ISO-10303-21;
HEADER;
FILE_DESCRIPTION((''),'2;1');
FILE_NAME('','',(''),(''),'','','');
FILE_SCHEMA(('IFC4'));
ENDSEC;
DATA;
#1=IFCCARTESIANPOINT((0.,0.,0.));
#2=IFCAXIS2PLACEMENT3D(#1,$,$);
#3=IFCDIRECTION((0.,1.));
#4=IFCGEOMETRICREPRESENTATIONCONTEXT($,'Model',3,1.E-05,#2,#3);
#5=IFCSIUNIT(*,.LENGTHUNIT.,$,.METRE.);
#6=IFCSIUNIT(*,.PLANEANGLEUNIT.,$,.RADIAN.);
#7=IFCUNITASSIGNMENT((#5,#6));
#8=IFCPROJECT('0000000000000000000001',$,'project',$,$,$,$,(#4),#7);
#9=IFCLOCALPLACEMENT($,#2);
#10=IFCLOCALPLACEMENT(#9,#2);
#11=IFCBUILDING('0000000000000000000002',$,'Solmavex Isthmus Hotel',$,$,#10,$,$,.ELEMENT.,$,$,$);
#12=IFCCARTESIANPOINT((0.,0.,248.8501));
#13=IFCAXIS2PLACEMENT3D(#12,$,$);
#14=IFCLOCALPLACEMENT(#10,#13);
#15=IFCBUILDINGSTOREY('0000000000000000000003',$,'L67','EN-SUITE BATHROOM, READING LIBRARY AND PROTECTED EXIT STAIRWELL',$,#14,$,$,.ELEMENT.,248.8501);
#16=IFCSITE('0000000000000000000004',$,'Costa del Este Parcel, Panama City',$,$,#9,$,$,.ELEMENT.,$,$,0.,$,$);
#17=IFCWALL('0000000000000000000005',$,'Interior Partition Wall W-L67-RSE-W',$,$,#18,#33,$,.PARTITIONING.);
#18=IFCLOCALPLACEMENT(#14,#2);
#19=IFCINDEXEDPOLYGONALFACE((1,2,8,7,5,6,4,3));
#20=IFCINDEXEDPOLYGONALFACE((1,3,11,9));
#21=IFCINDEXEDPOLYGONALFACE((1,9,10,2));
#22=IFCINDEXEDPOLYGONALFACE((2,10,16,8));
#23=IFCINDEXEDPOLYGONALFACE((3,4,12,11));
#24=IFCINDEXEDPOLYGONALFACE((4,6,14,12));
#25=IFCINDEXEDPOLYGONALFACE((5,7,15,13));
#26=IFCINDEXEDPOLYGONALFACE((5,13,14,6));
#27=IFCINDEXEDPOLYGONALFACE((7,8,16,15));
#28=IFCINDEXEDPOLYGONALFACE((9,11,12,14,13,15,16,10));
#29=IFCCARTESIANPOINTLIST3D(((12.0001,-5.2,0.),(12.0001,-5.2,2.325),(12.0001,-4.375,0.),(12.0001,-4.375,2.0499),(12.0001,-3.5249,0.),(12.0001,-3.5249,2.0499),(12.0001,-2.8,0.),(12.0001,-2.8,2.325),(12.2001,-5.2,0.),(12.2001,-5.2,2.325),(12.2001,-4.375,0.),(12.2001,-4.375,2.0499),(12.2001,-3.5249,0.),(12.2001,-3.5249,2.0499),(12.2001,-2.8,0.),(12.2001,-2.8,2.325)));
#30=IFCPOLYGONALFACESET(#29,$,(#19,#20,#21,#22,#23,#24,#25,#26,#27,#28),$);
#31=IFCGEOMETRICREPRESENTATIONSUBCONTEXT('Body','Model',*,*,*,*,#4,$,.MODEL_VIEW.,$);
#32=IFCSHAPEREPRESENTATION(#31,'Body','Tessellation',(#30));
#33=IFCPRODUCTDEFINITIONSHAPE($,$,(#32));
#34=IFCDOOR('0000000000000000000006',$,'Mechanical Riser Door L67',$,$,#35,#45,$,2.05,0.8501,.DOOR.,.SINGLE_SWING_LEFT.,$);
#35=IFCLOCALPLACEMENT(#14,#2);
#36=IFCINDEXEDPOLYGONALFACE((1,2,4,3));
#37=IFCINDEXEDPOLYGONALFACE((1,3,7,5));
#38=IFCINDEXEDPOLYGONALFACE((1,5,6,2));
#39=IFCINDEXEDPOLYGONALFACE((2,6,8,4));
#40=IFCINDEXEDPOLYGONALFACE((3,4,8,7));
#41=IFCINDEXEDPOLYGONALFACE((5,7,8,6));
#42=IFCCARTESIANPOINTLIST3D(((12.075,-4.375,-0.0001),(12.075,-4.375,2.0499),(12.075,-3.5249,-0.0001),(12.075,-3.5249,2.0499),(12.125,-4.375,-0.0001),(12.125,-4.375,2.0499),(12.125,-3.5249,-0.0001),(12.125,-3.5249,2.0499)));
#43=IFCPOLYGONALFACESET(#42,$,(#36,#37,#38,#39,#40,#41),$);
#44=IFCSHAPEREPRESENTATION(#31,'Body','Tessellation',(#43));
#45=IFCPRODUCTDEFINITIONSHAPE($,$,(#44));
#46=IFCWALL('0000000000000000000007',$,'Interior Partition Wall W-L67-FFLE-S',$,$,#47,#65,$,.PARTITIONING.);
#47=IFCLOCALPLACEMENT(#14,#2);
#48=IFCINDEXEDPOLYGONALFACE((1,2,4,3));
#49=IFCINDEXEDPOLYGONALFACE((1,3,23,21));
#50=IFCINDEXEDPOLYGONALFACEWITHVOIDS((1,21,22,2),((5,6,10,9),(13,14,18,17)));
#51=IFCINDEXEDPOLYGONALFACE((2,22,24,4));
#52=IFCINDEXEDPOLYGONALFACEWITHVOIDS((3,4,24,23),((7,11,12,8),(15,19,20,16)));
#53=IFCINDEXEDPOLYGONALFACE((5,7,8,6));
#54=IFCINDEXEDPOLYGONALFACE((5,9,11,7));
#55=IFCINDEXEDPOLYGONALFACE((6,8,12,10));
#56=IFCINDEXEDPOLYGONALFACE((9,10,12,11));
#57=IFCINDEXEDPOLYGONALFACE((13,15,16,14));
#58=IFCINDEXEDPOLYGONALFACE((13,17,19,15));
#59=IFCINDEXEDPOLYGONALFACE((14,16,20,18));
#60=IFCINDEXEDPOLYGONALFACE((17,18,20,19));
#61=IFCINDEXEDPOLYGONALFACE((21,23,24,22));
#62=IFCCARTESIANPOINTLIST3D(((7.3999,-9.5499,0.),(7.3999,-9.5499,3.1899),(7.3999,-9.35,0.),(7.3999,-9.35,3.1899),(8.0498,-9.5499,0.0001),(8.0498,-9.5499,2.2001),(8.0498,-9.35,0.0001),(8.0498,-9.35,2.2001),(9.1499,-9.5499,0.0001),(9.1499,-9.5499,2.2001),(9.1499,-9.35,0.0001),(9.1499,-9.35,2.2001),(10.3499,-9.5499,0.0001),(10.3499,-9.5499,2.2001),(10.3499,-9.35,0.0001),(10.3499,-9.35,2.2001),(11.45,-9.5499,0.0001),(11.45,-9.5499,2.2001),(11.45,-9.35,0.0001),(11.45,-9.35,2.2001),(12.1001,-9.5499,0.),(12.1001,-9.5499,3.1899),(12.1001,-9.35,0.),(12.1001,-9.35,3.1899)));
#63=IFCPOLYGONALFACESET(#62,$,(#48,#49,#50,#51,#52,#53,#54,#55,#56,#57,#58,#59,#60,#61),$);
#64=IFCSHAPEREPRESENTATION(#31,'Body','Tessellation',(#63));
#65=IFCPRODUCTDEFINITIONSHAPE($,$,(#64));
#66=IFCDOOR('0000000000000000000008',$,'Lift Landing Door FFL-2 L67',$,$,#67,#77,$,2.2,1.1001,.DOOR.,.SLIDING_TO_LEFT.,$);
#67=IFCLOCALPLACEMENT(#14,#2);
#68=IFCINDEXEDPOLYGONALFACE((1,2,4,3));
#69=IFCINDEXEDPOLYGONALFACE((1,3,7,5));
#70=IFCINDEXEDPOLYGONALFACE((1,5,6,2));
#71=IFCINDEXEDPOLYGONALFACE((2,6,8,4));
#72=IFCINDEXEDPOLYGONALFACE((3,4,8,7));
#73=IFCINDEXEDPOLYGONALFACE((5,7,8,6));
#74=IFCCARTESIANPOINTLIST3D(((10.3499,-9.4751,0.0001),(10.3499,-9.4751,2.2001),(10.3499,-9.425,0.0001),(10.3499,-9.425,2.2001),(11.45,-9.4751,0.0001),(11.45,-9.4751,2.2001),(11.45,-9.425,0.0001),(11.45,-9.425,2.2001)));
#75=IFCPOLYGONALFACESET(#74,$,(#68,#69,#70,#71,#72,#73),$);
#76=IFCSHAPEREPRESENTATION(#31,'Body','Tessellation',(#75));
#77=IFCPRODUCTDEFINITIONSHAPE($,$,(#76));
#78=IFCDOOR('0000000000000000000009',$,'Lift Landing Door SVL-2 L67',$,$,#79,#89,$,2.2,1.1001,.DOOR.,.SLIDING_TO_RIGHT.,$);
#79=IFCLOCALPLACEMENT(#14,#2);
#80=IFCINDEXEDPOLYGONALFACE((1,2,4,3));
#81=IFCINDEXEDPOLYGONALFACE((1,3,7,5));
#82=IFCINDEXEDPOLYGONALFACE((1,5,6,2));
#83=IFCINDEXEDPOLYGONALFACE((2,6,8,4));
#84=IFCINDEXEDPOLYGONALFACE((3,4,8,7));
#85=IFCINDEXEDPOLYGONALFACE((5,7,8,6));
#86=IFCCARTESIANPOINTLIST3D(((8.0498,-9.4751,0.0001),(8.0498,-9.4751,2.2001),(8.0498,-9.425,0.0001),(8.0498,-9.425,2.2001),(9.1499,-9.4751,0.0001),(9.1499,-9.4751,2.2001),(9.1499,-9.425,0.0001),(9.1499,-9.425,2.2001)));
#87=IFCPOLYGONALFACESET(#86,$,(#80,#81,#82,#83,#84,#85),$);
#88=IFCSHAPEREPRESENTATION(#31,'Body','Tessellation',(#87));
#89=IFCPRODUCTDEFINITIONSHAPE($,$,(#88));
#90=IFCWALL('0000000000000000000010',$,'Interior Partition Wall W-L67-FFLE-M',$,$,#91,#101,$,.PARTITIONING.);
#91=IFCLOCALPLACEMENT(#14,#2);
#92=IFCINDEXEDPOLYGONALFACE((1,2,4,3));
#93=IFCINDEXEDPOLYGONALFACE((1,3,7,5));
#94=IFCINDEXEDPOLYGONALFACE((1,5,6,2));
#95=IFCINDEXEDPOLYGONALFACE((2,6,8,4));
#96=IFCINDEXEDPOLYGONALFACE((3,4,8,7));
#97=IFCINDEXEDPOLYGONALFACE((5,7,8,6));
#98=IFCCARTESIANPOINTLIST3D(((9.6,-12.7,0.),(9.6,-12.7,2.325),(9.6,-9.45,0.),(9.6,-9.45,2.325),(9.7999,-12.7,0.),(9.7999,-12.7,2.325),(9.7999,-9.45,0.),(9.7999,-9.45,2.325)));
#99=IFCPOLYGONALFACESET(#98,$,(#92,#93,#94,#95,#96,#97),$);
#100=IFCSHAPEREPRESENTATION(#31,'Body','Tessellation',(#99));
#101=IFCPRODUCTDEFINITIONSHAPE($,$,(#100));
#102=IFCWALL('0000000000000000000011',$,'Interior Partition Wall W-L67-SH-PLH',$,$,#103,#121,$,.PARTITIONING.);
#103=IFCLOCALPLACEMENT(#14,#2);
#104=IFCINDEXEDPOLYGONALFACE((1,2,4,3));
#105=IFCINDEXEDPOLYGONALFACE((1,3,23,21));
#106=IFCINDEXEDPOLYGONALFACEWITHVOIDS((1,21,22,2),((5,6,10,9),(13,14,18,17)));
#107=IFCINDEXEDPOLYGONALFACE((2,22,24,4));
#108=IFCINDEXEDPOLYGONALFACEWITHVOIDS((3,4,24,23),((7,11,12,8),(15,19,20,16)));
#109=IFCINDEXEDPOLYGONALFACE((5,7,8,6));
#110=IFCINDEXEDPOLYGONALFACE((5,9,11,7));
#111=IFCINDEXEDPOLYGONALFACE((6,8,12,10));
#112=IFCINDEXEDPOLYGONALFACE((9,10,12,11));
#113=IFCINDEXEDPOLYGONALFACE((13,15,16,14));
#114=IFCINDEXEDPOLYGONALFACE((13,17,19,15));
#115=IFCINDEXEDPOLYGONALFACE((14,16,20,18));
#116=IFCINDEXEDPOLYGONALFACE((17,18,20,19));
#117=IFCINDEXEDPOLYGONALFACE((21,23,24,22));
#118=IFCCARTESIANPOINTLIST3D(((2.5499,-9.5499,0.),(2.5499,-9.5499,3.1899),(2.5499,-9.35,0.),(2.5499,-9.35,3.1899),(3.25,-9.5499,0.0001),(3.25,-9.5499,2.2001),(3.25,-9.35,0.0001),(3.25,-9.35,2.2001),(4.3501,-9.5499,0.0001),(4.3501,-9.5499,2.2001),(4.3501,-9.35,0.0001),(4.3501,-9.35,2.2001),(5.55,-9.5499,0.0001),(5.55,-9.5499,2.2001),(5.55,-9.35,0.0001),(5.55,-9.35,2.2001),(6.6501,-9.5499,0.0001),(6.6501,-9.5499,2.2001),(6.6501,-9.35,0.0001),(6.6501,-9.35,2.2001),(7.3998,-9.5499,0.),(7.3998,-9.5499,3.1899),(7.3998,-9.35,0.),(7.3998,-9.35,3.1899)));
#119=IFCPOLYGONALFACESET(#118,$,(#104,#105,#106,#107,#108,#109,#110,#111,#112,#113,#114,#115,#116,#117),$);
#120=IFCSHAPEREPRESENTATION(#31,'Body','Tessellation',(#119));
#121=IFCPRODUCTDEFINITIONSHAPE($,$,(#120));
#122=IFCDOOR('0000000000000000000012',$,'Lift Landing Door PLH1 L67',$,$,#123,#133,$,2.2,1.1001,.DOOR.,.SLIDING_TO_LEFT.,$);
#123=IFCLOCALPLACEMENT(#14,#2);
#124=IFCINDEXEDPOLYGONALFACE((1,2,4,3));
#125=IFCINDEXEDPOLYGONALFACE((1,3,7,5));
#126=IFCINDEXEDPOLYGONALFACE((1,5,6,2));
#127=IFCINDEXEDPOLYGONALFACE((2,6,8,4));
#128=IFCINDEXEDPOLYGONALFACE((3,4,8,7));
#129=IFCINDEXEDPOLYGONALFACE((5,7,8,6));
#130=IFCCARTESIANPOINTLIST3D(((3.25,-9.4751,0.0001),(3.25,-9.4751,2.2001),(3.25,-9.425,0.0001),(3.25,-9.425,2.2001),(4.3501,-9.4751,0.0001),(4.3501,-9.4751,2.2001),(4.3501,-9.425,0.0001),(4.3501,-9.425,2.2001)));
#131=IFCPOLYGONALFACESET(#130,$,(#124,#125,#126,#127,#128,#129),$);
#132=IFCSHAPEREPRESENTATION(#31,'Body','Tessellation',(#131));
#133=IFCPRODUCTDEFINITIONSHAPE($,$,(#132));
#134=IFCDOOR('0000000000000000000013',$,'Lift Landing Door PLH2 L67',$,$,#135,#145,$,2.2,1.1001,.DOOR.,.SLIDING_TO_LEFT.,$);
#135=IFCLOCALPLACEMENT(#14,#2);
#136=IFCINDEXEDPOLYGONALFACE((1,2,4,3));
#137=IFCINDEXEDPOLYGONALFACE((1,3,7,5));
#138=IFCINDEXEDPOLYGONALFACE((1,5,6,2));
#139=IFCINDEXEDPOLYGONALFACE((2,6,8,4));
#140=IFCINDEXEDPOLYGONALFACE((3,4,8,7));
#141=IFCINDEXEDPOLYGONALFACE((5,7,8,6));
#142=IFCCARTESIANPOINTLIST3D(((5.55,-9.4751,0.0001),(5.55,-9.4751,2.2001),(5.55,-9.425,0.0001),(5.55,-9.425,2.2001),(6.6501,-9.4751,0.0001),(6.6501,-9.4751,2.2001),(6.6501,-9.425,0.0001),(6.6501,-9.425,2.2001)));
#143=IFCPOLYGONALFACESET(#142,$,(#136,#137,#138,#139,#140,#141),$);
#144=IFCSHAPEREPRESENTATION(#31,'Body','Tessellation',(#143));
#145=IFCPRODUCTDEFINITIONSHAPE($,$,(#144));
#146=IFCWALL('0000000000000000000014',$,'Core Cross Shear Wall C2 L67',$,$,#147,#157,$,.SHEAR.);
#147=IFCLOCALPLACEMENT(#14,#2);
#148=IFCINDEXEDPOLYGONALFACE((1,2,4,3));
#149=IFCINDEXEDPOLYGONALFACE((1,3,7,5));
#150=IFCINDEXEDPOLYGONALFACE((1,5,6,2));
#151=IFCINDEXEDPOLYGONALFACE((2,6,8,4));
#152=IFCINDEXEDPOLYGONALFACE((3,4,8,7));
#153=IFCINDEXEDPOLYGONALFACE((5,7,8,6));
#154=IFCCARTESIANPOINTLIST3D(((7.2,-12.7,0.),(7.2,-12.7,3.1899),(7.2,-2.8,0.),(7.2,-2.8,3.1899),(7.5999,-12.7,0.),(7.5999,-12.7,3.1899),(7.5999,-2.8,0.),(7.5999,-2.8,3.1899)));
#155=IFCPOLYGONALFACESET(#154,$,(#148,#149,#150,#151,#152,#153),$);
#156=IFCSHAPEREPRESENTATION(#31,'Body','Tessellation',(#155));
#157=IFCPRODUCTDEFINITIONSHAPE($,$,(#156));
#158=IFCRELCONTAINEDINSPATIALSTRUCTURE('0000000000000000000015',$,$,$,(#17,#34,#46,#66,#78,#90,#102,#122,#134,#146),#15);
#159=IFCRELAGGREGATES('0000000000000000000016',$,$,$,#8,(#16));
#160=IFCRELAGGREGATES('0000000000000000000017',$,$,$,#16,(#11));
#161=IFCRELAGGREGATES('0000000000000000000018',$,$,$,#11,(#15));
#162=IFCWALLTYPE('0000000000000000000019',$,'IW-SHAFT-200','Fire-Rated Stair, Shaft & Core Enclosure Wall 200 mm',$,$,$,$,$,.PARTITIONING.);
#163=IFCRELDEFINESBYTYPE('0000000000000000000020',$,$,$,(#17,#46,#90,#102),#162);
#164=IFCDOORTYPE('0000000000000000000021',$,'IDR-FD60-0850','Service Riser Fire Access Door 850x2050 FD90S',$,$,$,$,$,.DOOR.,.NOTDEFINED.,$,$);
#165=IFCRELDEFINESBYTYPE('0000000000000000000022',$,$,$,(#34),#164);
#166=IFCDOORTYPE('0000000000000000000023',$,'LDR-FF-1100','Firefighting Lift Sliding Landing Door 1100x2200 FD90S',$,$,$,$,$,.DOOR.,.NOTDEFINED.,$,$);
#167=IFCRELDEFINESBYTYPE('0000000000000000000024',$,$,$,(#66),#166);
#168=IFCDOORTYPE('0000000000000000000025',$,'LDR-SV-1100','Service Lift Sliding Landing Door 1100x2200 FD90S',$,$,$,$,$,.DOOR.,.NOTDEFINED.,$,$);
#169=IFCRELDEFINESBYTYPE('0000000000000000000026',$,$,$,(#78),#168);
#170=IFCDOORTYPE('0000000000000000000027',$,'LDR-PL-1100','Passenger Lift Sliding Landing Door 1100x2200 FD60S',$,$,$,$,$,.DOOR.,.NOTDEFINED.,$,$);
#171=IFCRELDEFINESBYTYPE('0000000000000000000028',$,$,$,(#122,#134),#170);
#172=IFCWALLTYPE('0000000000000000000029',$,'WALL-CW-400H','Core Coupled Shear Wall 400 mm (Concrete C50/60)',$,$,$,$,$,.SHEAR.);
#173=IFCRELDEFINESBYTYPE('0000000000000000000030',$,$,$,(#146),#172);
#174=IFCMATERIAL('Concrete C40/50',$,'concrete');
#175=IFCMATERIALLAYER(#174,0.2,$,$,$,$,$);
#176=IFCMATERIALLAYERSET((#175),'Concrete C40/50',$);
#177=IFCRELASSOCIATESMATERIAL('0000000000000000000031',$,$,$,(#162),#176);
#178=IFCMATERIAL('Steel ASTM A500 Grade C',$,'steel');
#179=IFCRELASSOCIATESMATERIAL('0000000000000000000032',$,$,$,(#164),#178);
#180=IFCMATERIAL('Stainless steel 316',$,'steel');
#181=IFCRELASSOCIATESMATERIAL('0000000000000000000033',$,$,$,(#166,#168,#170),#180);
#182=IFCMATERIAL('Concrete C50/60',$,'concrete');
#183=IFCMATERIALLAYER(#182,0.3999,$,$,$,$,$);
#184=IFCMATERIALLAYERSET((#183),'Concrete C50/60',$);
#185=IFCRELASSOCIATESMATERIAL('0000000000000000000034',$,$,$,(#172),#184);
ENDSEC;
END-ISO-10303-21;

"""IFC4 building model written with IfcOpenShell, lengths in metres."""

from ifc_helpers import new_model, si_unit, direction, frame, frame_2d, origin, place, context, subcontext, project, spatial, rectangle, extrude, material, layer, layer_set, type_object, element, fill, save


model = new_model("IFC4")

# Units and contexts
model_context = context("Model", 3, precision=1e-05, world=origin(), true_north=direction((0.0, 1.0)))
body_context = subcontext(model_context, "Body", "Model", "MODEL_VIEW")
ifc_project = project(units=[si_unit("LENGTHUNIT", "METRE"), si_unit("PLANEANGLEUNIT", "RADIAN")], contexts=[model_context])

# Site, building, storey
site_placement = place(None, origin())
site = spatial("IfcSite", under=ifc_project, at=site_placement, Name="Costa del Este Parcel, Panama City", CompositionType="ELEMENT", RefElevation=0.0)
building_placement = place(site_placement, origin())
building = spatial("IfcBuilding", under=site, at=building_placement, Name="Solmavex Isthmus Hotel", CompositionType="ELEMENT")
storey_placement = place(building_placement, frame((0.0, 0.0, 248.8501)))
storey = spatial("IfcBuildingStorey", under=building, at=storey_placement, Name="L67", Description="EN-SUITE BATHROOM, READING LIBRARY AND PROTECTED EXIT STAIRWELL", CompositionType="ELEMENT", Elevation=248.8501)

# Shared definitions
ifc_material_1 = material(Name="Concrete C50/60", Category="concrete")

# Shared definitions
ifc_material_2 = material(Name="Concrete C40/50", Category="concrete")

# Wall, opening, door
ifc_layer_1 = layer(ifc_material_2, 0.2)
ifc_layer_set_1 = layer_set([ifc_layer_1], Name="Concrete C40/50")
wall_type_1 = type_object("IfcWallType", Name="IW-SHAFT-200", Description="Fire-Rated Stair, Shaft & Core Enclosure Wall 200 mm", PredefinedType="PARTITIONING", material=ifc_layer_set_1)
wall_1_placement = place(storey_placement, frame((12.1001, -5.2, 0.0), z_axis=(0.0, 0.0, 1.0), x_axis=(0.0, 1.0, 0.0)))
wall_1 = element("IfcWall", 1, at=wall_1_placement, inside=storey, type_object=wall_type_1, Name="Interior Partition Wall W-L67-RSE-W", PredefinedType="PARTITIONING", context=body_context, shape_type="SweptSolid", body=[
    extrude(rectangle(XDim=2.3999, YDim=0.2, at=frame_2d((1.2, 0.0))), origin(), (0.0, 0.0, 1.0), 2.325),
])
opening_1_placement = place(wall_1_placement, frame((0.825, 0.0, 0.0)))
opening_1 = element("IfcOpeningElement", 2, at=opening_1_placement, cuts=wall_1, PredefinedType="OPENING", context=body_context, shape_type="SweptSolid", body=[
    extrude(rectangle(XDim=0.8501, YDim=2.05, at=frame_2d((0.425, 1.0249))), frame((0.0, 0.1099, 0.0), z_axis=(0.0, -1.0, 0.0), x_axis=(1.0, 0.0, 0.0)), (0.0, 0.0, 1.0), 0.22),
])
ifc_material_3 = material(Name="Steel ASTM A500 Grade C", Category="steel")
door_type_1 = type_object("IfcDoorType", Name="IDR-FD60-0850", Description="Service Riser Fire Access Door 850x2050 FD90S", OperationType="NOTDEFINED", PredefinedType="DOOR", material=ifc_material_3)
door_1_placement = place(opening_1_placement, frame((0.8501, 0.0, 0.0), z_axis=(0.0, 0.0, 1.0), x_axis=(-1.0, 0.0, 0.0)))
door_1 = element("IfcDoor", 3, at=door_1_placement, inside=storey, type_object=door_type_1, Name="Mechanical Riser Door L67", OperationType="SINGLE_SWING_LEFT", OverallHeight=2.05, OverallWidth=0.8501, PredefinedType="DOOR", context=body_context, shape_type="SweptSolid", body=[
    extrude(rectangle(XDim=0.8501, YDim=2.05, at=frame_2d((0.425, 1.0249))), frame((0.0, 0.0249, 0.0), z_axis=(0.0, -1.0, 0.0), x_axis=(1.0, 0.0, 0.0)), (0.0, 0.0, 1.0), 0.05),
])
fill(opening_1, door_1)

# Wall, openings, doors
wall_2_placement = place(storey_placement, frame((7.3999, -9.45, 0.0), z_axis=(0.0, 0.0, 1.0), x_axis=(1.0, 0.0, 0.0)))
wall_2 = element("IfcWall", 4, at=wall_2_placement, inside=storey, type_object=wall_type_1, Name="Interior Partition Wall W-L67-FFLE-S", PredefinedType="PARTITIONING", context=body_context, shape_type="SweptSolid", body=[
    extrude(rectangle(XDim=4.7002, YDim=0.2, at=frame_2d((2.3501, 0.0))), origin(), (0.0, 0.0, 1.0), 3.1899),
])
opening_2_placement = place(wall_2_placement, frame((2.95, 0.0, 0.0)))
opening_2 = element("IfcOpeningElement", 5, at=opening_2_placement, cuts=wall_2, PredefinedType="OPENING", context=body_context, shape_type="SweptSolid", body=[
    extrude(rectangle(XDim=1.1001, YDim=2.2, at=frame_2d((0.55, 1.1001))), frame((0.0, 0.1099, 0.0), z_axis=(0.0, -1.0, 0.0), x_axis=(1.0, 0.0, 0.0)), (0.0, 0.0, 1.0), 0.22),
])
opening_3_placement = place(wall_2_placement, frame((0.6499, 0.0, 0.0)))
opening_3 = element("IfcOpeningElement", 6, at=opening_3_placement, cuts=wall_2, PredefinedType="OPENING", context=body_context, shape_type="SweptSolid", body=[
    extrude(rectangle(XDim=1.1001, YDim=2.2, at=frame_2d((0.55, 1.1001))), frame((0.0, 0.1099, 0.0), z_axis=(0.0, -1.0, 0.0), x_axis=(1.0, 0.0, 0.0)), (0.0, 0.0, 1.0), 0.22),
])
ifc_material_4 = material(Name="Stainless steel 316", Category="steel")
door_type_2 = type_object("IfcDoorType", Name="LDR-FF-1100", Description="Firefighting Lift Sliding Landing Door 1100x2200 FD90S", OperationType="NOTDEFINED", PredefinedType="DOOR", material=ifc_material_4)
door_2_placement = place(opening_2_placement, origin())
door_2 = element("IfcDoor", 7, at=door_2_placement, inside=storey, type_object=door_type_2, Name="Lift Landing Door FFL-2 L67", OperationType="SLIDING_TO_LEFT", OverallHeight=2.2, OverallWidth=1.1001, PredefinedType="DOOR", context=body_context, shape_type="SweptSolid", body=[
    extrude(rectangle(XDim=1.1001, YDim=2.2, at=frame_2d((0.55, 1.1001))), frame((0.0, 0.0249, 0.0), z_axis=(0.0, -1.0, 0.0), x_axis=(1.0, 0.0, 0.0)), (0.0, 0.0, 1.0), 0.05),
])
fill(opening_2, door_2)
door_type_3 = type_object("IfcDoorType", Name="LDR-SV-1100", Description="Service Lift Sliding Landing Door 1100x2200 FD90S", OperationType="NOTDEFINED", PredefinedType="DOOR", material=ifc_material_4)
door_3_placement = place(opening_3_placement, origin())
door_3 = element("IfcDoor", 8, at=door_3_placement, inside=storey, type_object=door_type_3, Name="Lift Landing Door SVL-2 L67", OperationType="SLIDING_TO_RIGHT", OverallHeight=2.2, OverallWidth=1.1001, PredefinedType="DOOR", context=body_context, shape_type="SweptSolid", body=[
    extrude(rectangle(XDim=1.1001, YDim=2.2, at=frame_2d((0.55, 1.1001))), frame((0.0, 0.0249, 0.0), z_axis=(0.0, -1.0, 0.0), x_axis=(1.0, 0.0, 0.0)), (0.0, 0.0, 1.0), 0.05),
])
fill(opening_3, door_3)

# Wall
wall_3_placement = place(storey_placement, frame((9.7, -12.7, 0.0), z_axis=(0.0, 0.0, 1.0), x_axis=(0.0, 1.0, 0.0)))
element("IfcWall", 9, at=wall_3_placement, inside=storey, type_object=wall_type_1, Name="Interior Partition Wall W-L67-FFLE-M", PredefinedType="PARTITIONING", context=body_context, shape_type="SweptSolid", body=[
    extrude(rectangle(XDim=3.25, YDim=0.2, at=frame_2d((1.625, 0.0))), origin(), (0.0, 0.0, 1.0), 2.325),
])

# Wall, openings, doors
wall_4_placement = place(storey_placement, frame((2.55, -9.45, 0.0), z_axis=(0.0, 0.0, 1.0), x_axis=(1.0, 0.0, 0.0)))
wall_4 = element("IfcWall", 10, at=wall_4_placement, inside=storey, type_object=wall_type_1, Name="Interior Partition Wall W-L67-SH-PLH", PredefinedType="PARTITIONING", context=body_context, shape_type="SweptSolid", body=[
    extrude(rectangle(XDim=4.8499, YDim=0.2, at=frame_2d((2.4248, 0.0))), origin(), (0.0, 0.0, 1.0), 3.1899),
])
opening_4_placement = place(wall_4_placement, frame((0.7, 0.0, 0.0)))
opening_4 = element("IfcOpeningElement", 11, at=opening_4_placement, cuts=wall_4, PredefinedType="OPENING", context=body_context, shape_type="SweptSolid", body=[
    extrude(rectangle(XDim=1.1001, YDim=2.2, at=frame_2d((0.55, 1.1001))), frame((0.0, 0.1099, 0.0), z_axis=(0.0, -1.0, 0.0), x_axis=(1.0, 0.0, 0.0)), (0.0, 0.0, 1.0), 0.22),
])
opening_5_placement = place(wall_4_placement, frame((3.0, 0.0, 0.0)))
opening_5 = element("IfcOpeningElement", 12, at=opening_5_placement, cuts=wall_4, PredefinedType="OPENING", context=body_context, shape_type="SweptSolid", body=[
    extrude(rectangle(XDim=1.1001, YDim=2.2, at=frame_2d((0.55, 1.1001))), frame((0.0, 0.1099, 0.0), z_axis=(0.0, -1.0, 0.0), x_axis=(1.0, 0.0, 0.0)), (0.0, 0.0, 1.0), 0.22),
])
door_type_4 = type_object("IfcDoorType", Name="LDR-PL-1100", Description="Passenger Lift Sliding Landing Door 1100x2200 FD60S", OperationType="NOTDEFINED", PredefinedType="DOOR", material=ifc_material_4)
door_4_placement = place(opening_4_placement, origin())
door_4 = element("IfcDoor", 13, at=door_4_placement, inside=storey, type_object=door_type_4, Name="Lift Landing Door PLH1 L67", OperationType="SLIDING_TO_LEFT", OverallHeight=2.2, OverallWidth=1.1001, PredefinedType="DOOR", context=body_context, shape_type="SweptSolid", body=[
    extrude(rectangle(XDim=1.1001, YDim=2.2, at=frame_2d((0.55, 1.1001))), frame((0.0, 0.0249, 0.0), z_axis=(0.0, -1.0, 0.0), x_axis=(1.0, 0.0, 0.0)), (0.0, 0.0, 1.0), 0.05),
])
fill(opening_4, door_4)
door_5_placement = place(opening_5_placement, origin())
door_5 = element("IfcDoor", 14, at=door_5_placement, inside=storey, type_object=door_type_4, Name="Lift Landing Door PLH2 L67", OperationType="SLIDING_TO_LEFT", OverallHeight=2.2, OverallWidth=1.1001, PredefinedType="DOOR", context=body_context, shape_type="SweptSolid", body=[
    extrude(rectangle(XDim=1.1001, YDim=2.2, at=frame_2d((0.55, 1.1001))), frame((0.0, 0.0249, 0.0), z_axis=(0.0, -1.0, 0.0), x_axis=(1.0, 0.0, 0.0)), (0.0, 0.0, 1.0), 0.05),
])
fill(opening_5, door_5)

# Wall
ifc_layer_2 = layer(ifc_material_1, 0.3999)
ifc_layer_set_2 = layer_set([ifc_layer_2], Name="Concrete C50/60")
wall_type_2 = type_object("IfcWallType", Name="WALL-CW-400H", Description="Core Coupled Shear Wall 400 mm (Concrete C50/60)", PredefinedType="SHEAR", material=ifc_layer_set_2)
wall_5_placement = place(storey_placement, frame((7.3999, -12.7, 0.0), z_axis=(0.0, 0.0, 1.0), x_axis=(0.0, 1.0, 0.0)))
element("IfcWall", 15, at=wall_5_placement, inside=storey, type_object=wall_type_2, Name="Core Cross Shear Wall C2 L67", PredefinedType="SHEAR", context=body_context, shape_type="SweptSolid", body=[
    extrude(rectangle(XDim=9.8999, YDim=0.3999, at=frame_2d((4.95, 0.0))), origin(), (0.0, 0.0, 1.0), 3.1899),
])

save(model, "model.ifc")
